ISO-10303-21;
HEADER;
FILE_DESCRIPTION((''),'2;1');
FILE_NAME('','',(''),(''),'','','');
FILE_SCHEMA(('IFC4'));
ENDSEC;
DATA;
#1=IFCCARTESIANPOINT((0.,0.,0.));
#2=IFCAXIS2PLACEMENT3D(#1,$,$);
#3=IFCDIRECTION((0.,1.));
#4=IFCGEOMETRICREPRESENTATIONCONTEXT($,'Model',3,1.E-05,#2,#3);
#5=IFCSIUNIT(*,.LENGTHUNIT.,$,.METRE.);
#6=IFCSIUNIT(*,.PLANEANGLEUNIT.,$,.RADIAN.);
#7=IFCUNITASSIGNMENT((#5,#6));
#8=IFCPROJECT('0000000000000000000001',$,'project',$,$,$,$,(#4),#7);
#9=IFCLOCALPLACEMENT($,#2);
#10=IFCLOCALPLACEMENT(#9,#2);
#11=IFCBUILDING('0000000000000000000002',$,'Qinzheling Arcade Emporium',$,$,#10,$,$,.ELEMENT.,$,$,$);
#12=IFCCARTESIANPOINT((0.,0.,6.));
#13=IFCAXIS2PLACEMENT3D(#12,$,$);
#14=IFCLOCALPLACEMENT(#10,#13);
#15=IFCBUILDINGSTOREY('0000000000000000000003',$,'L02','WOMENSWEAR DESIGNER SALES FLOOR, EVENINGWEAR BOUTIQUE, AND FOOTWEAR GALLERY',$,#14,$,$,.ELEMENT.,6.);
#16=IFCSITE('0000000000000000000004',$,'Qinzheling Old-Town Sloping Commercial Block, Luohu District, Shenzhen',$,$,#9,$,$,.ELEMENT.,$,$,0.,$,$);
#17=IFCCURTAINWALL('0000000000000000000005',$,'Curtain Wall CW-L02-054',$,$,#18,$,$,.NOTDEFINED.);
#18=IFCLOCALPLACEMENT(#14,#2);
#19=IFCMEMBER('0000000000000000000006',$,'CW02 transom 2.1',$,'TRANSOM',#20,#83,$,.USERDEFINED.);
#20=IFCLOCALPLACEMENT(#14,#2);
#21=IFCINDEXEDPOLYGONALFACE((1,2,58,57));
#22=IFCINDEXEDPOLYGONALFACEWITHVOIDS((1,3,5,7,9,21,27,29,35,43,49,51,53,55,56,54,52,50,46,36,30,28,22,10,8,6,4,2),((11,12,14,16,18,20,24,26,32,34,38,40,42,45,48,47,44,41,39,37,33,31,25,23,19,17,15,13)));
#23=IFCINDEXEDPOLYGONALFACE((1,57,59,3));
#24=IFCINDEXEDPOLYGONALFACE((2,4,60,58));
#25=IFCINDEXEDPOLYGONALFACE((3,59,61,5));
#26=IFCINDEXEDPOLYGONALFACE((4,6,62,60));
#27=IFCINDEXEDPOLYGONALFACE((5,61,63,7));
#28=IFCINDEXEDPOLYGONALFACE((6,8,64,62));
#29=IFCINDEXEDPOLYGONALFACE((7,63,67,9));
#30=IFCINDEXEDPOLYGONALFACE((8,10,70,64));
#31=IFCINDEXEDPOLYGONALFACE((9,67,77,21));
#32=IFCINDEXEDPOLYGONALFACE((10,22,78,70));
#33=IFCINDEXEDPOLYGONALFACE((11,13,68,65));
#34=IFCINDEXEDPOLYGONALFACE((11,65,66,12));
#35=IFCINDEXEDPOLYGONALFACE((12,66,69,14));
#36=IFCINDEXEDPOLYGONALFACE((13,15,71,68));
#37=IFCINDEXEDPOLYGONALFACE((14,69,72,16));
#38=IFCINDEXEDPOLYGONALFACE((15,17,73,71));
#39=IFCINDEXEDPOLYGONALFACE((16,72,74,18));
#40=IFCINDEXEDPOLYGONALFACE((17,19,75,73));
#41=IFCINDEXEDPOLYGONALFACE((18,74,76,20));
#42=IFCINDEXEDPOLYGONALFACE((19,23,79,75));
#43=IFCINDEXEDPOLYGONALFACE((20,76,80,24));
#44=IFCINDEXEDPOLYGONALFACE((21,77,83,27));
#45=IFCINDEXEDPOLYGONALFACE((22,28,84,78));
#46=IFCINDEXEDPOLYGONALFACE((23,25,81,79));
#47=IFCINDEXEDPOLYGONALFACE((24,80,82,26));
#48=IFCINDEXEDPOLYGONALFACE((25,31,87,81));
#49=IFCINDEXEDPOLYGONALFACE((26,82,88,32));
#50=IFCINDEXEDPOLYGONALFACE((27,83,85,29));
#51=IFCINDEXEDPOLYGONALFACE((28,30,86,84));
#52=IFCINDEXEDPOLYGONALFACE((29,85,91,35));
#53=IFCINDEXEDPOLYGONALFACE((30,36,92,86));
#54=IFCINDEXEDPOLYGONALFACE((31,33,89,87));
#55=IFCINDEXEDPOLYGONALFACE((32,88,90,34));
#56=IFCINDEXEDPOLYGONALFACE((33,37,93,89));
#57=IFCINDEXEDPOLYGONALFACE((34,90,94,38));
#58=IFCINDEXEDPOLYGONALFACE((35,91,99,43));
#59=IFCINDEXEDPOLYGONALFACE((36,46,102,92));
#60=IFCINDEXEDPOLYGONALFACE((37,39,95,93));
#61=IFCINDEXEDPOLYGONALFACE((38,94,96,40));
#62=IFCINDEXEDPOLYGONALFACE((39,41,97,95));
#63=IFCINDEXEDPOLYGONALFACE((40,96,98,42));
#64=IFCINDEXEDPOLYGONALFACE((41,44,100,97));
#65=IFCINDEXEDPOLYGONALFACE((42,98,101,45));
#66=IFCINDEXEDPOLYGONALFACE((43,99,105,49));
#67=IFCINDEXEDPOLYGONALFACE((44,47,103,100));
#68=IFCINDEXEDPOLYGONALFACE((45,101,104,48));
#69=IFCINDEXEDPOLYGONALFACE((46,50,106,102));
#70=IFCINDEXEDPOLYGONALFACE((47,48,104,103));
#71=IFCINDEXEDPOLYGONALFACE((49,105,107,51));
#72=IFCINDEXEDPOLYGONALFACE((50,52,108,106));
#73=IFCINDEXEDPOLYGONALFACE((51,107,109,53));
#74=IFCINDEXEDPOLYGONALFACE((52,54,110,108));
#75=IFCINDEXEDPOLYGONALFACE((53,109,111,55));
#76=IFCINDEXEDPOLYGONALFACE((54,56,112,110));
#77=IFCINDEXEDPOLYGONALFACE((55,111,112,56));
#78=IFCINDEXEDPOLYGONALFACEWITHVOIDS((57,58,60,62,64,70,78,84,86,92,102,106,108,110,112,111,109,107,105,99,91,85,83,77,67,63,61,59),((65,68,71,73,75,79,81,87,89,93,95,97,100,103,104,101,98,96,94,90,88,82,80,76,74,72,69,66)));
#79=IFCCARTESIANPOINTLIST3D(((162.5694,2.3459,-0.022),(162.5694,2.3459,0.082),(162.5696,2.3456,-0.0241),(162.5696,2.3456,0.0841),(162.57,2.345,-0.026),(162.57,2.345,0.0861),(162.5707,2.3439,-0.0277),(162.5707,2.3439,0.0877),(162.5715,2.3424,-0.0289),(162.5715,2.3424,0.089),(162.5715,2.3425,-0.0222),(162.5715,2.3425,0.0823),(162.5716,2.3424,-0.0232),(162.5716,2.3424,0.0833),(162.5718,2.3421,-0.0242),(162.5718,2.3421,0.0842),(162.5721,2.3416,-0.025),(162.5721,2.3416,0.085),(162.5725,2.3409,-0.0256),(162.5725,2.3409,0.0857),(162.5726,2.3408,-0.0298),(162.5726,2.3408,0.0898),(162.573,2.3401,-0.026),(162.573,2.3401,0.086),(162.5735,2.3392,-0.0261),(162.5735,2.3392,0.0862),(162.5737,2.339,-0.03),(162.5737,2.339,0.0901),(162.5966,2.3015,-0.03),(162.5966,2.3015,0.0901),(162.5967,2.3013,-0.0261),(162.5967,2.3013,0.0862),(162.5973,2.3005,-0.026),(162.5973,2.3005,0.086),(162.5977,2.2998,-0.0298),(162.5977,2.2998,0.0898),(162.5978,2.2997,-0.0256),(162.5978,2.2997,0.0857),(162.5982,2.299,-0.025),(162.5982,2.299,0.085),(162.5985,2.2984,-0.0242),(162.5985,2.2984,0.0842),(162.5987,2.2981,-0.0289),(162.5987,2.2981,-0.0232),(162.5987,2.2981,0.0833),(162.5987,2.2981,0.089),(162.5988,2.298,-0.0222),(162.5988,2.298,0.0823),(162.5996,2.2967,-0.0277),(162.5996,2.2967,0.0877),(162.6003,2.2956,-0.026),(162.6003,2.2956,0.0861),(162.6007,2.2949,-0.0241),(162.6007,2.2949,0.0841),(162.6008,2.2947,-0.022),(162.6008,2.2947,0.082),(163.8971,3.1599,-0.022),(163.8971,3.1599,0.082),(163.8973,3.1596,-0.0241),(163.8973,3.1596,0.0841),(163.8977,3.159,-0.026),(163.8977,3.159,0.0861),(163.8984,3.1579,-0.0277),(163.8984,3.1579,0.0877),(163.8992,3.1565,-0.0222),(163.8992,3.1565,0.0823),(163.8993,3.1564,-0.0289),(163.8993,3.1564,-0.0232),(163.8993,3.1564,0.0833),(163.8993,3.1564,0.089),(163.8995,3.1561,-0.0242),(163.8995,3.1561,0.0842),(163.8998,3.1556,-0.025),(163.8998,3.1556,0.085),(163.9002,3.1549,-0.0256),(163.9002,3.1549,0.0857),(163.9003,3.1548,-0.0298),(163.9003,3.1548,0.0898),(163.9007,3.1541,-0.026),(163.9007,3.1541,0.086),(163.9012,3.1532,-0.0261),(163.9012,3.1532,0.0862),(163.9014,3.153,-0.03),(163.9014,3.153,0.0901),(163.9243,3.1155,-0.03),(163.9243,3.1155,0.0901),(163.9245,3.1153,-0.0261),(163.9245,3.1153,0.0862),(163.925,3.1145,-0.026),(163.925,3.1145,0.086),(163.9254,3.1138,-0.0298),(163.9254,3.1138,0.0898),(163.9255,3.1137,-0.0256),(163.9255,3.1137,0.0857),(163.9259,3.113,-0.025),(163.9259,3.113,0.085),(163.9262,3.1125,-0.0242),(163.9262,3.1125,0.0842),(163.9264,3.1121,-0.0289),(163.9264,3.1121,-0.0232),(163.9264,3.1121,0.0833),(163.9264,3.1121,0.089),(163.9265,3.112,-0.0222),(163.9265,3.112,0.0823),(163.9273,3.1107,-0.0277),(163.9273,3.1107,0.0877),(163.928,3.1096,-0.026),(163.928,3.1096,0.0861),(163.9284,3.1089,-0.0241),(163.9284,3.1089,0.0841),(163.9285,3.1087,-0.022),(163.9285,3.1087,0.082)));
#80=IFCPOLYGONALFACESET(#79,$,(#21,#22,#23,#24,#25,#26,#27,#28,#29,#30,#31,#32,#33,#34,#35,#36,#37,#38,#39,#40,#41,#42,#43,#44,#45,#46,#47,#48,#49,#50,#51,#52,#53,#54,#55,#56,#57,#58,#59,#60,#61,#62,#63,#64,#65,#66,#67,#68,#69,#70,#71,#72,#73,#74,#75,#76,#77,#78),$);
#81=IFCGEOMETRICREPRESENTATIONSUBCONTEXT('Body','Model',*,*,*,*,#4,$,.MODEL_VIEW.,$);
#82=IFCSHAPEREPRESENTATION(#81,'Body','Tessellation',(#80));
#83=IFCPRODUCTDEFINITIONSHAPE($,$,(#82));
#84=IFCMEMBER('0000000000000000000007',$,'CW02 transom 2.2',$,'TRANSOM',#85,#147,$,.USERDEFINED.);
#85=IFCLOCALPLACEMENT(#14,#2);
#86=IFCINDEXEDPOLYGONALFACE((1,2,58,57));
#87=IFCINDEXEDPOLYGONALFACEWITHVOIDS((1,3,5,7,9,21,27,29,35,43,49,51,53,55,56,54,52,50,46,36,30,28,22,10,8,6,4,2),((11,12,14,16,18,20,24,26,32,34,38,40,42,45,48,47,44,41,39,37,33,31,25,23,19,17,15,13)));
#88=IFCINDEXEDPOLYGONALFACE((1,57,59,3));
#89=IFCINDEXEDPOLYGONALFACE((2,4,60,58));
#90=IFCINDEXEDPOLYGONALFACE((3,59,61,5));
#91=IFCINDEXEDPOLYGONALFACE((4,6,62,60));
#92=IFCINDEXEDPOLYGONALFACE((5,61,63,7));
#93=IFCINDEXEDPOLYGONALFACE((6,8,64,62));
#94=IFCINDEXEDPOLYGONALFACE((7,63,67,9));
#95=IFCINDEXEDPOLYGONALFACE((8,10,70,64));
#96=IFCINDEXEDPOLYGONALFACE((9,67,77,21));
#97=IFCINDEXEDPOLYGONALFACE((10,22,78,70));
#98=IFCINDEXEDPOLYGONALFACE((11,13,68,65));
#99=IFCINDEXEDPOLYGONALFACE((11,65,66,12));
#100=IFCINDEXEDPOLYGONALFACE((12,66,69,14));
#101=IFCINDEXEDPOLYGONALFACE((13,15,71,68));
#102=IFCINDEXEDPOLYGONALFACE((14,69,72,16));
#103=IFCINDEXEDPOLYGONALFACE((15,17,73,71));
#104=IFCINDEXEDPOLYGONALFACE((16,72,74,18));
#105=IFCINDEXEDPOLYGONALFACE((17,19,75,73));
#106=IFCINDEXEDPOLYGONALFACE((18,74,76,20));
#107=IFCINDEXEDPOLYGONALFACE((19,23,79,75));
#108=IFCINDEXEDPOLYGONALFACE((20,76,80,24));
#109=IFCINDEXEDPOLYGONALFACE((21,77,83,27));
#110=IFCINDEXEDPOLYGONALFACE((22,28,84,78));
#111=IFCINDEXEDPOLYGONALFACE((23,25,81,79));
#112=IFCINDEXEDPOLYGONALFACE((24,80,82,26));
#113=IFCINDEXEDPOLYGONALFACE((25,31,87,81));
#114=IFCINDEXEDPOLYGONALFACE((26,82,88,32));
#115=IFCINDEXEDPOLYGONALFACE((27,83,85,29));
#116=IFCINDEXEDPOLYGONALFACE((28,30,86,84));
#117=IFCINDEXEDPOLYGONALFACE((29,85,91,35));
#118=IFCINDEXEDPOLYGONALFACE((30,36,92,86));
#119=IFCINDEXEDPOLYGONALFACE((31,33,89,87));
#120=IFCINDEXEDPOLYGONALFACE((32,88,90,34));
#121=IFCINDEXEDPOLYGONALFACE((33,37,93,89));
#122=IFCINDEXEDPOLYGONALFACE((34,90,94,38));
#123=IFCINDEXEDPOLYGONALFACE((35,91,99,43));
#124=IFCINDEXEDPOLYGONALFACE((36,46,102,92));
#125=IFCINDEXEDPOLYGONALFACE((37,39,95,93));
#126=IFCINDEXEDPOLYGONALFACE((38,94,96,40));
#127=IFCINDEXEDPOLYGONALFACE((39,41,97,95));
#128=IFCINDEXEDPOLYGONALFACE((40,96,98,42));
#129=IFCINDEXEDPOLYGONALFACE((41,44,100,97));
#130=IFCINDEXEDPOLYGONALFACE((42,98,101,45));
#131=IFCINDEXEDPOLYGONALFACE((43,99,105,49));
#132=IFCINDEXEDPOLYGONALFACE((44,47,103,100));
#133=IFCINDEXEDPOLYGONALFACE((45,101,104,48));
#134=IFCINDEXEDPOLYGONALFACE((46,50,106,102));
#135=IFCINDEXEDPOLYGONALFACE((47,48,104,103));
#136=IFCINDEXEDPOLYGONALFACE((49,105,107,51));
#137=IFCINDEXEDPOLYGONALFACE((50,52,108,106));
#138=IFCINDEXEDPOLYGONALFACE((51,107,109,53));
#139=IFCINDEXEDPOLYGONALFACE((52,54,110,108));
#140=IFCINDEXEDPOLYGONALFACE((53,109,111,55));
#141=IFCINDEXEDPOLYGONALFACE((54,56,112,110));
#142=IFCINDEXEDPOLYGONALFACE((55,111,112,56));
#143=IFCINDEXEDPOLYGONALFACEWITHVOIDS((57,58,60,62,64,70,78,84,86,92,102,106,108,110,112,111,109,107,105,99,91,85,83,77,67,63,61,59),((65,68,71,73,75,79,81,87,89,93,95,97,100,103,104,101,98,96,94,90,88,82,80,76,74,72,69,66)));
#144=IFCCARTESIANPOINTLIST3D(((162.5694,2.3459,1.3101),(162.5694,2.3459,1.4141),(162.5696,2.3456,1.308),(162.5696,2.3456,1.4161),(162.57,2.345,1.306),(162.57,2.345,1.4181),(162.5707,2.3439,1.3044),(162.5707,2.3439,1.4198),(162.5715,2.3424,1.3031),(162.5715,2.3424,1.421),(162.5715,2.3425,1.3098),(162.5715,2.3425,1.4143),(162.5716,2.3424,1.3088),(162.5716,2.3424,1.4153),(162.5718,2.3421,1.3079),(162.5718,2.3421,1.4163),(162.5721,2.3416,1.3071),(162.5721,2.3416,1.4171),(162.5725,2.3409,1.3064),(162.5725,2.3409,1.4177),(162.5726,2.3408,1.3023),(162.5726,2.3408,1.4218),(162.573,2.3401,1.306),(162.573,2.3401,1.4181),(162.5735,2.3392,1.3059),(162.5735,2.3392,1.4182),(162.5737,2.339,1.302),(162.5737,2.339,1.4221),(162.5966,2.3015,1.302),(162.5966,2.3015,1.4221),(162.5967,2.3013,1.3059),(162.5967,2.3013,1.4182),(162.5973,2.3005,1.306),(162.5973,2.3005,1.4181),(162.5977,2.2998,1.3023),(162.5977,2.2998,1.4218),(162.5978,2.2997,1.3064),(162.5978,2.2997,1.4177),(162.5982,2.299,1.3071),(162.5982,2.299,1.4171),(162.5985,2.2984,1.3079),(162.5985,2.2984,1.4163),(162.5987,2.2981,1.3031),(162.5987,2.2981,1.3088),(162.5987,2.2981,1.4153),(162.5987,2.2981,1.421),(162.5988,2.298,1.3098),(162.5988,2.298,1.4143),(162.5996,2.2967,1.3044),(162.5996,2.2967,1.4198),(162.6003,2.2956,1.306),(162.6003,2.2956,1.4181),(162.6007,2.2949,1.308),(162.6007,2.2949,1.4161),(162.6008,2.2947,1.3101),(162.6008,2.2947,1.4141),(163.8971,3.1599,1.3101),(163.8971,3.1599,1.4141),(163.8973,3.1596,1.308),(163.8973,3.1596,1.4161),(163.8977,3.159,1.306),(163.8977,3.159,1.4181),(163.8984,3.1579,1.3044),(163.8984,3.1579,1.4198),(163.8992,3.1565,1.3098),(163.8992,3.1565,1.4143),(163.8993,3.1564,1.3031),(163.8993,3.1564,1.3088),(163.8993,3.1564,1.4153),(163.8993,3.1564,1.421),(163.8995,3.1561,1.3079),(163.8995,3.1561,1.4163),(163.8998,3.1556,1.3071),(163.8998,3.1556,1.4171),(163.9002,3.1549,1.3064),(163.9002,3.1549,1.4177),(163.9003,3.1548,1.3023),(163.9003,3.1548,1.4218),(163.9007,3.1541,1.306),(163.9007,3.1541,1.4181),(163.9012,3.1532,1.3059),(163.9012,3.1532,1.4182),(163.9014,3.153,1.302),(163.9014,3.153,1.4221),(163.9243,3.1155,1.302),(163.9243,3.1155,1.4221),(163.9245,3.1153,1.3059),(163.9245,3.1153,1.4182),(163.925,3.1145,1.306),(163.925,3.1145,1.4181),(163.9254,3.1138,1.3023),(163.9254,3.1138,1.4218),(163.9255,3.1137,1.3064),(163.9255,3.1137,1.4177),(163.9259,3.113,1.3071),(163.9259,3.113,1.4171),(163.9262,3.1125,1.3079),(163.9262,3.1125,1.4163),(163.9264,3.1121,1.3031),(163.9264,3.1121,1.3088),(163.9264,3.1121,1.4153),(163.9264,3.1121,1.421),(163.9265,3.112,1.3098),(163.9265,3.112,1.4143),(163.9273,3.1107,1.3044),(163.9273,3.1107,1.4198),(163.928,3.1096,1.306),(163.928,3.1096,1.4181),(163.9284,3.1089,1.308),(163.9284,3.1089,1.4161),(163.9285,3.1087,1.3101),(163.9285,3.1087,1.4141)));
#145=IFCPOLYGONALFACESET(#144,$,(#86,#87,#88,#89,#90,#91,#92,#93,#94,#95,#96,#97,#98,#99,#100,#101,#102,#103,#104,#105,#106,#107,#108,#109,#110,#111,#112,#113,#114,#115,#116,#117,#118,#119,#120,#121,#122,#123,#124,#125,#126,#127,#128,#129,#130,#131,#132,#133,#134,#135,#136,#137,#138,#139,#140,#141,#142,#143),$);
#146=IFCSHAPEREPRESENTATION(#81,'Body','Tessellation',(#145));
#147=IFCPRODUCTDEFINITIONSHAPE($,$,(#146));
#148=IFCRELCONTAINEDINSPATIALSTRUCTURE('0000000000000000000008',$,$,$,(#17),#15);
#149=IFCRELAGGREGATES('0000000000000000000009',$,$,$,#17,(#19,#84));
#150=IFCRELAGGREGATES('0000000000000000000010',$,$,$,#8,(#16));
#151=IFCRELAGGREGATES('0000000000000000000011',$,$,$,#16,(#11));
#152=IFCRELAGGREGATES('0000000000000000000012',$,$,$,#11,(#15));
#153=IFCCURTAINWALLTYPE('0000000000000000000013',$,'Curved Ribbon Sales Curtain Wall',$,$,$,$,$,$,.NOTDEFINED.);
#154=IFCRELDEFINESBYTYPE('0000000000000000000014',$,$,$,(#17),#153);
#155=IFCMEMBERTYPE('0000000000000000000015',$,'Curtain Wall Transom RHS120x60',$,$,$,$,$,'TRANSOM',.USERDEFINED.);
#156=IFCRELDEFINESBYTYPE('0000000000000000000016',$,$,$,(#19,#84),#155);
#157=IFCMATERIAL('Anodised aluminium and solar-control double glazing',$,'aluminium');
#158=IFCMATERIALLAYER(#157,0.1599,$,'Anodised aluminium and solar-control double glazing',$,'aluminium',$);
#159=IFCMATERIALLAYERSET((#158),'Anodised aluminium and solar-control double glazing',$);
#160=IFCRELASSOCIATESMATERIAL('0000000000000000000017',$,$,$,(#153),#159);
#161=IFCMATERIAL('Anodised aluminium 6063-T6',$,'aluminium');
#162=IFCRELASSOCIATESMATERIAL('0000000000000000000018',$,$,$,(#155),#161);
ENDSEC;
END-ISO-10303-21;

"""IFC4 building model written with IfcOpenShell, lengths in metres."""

from ifc_helpers import new_model, si_unit, direction, frame, origin, origin_2d, place, context, subcontext, project, spatial, hollow_rectangle, extrude, material, layer, layer_set, material_profile, profile_set, type_object, element, aggregate, save


model = new_model("IFC4")

# Units and contexts
model_context = context("Model", 3, precision=1e-05, world=origin(), true_north=direction((0.0, 1.0)))
body_context = subcontext(model_context, "Body", "Model", "MODEL_VIEW")
ifc_project = project(units=[si_unit("LENGTHUNIT", "METRE"), si_unit("PLANEANGLEUNIT", "RADIAN")], contexts=[model_context])

# Site, building, storey
site_placement = place(None, origin())
site = spatial("IfcSite", under=ifc_project, at=site_placement, Name="Qinzheling Old-Town Sloping Commercial Block, Luohu District, Shenzhen", CompositionType="ELEMENT", RefElevation=0.0)
building_placement = place(site_placement, origin())
building = spatial("IfcBuilding", under=site, at=building_placement, Name="Qinzheling Arcade Emporium", CompositionType="ELEMENT")
storey_placement = place(building_placement, frame((0.0, 0.0, 6.0)))
storey = spatial("IfcBuildingStorey", under=building, at=storey_placement, Name="L02", Description="WOMENSWEAR DESIGNER SALES FLOOR, EVENINGWEAR BOUTIQUE, AND FOOTWEAR GALLERY", CompositionType="ELEMENT", Elevation=6.0)

# Curtain wall
ifc_material_1 = material(Name="Anodised aluminium and solar-control double glazing", Category="aluminium")
ifc_layer_1 = layer(ifc_material_1, 0.1599, Name="Anodised aluminium and solar-control double glazing", Category="aluminium")
ifc_layer_set_1 = layer_set([ifc_layer_1], Name="Anodised aluminium and solar-control double glazing")
curtain_wall_type = type_object("IfcCurtainWallType", Name="Curved Ribbon Sales Curtain Wall", PredefinedType="NOTDEFINED", material=ifc_layer_set_1)
curtain_wall_1_placement = place(storey_placement, origin())
curtain_wall_1 = element("IfcCurtainWall", 1, at=curtain_wall_1_placement, inside=storey, type_object=curtain_wall_type, Name="Curtain Wall CW-L02-054", PredefinedType="NOTDEFINED")
ifc_material_2 = material(Name="Anodised aluminium 6063-T6", Category="aluminium")

# Members
ifc_material_profile_1 = material_profile(ifc_material_2, hollow_rectangle(XDim=0.0601, YDim=0.1201, WallThickness=0.0039, InnerFilletRadius=0.0039, OuterFilletRadius=0.0081, at=origin_2d()), Name="RHS 120x60x4", Category="aluminium")
ifc_profile_set_1 = profile_set([ifc_material_profile_1], Name="Anodised aluminium 6063-T6")
member_type_1 = type_object("IfcMemberType", Name="Curtain Wall Transom RHS120x60", ElementType="TRANSOM", PredefinedType="USERDEFINED", material=ifc_profile_set_1)
member_1_placement = place(storey_placement, frame((163.9128, 3.1343, 0.03), z_axis=(-0.852529, -0.52268, 0.0), x_axis=(0.52268, -0.852529, 0.0)))
member_1 = element("IfcMember", 2, at=member_1_placement, type_object=member_type_1, Name="CW02 transom 2.1", ObjectType="TRANSOM", PredefinedType="USERDEFINED", context=body_context, shape_type="SweptSolid", body=[
    extrude(hollow_rectangle(XDim=0.0601, YDim=0.1201, WallThickness=0.0039, InnerFilletRadius=0.0039, OuterFilletRadius=0.0081, at=origin_2d()), origin(), (0.0, 0.0, 1.0), 1.5574),
])
member_2_placement = place(storey_placement, frame((163.9128, 3.1343, 1.3621), z_axis=(-0.852529, -0.52268, 0.0), x_axis=(0.52268, -0.852529, 0.0)))
member_2 = element("IfcMember", 3, at=member_2_placement, type_object=member_type_1, Name="CW02 transom 2.2", ObjectType="TRANSOM", PredefinedType="USERDEFINED", context=body_context, shape_type="SweptSolid", body=[
    extrude(hollow_rectangle(XDim=0.0601, YDim=0.1201, WallThickness=0.0039, InnerFilletRadius=0.0039, OuterFilletRadius=0.0081, at=origin_2d()), origin(), (0.0, 0.0, 1.0), 1.5574),
])

aggregate(curtain_wall_1, [member_1, member_2])

save(model, "model.ifc")
